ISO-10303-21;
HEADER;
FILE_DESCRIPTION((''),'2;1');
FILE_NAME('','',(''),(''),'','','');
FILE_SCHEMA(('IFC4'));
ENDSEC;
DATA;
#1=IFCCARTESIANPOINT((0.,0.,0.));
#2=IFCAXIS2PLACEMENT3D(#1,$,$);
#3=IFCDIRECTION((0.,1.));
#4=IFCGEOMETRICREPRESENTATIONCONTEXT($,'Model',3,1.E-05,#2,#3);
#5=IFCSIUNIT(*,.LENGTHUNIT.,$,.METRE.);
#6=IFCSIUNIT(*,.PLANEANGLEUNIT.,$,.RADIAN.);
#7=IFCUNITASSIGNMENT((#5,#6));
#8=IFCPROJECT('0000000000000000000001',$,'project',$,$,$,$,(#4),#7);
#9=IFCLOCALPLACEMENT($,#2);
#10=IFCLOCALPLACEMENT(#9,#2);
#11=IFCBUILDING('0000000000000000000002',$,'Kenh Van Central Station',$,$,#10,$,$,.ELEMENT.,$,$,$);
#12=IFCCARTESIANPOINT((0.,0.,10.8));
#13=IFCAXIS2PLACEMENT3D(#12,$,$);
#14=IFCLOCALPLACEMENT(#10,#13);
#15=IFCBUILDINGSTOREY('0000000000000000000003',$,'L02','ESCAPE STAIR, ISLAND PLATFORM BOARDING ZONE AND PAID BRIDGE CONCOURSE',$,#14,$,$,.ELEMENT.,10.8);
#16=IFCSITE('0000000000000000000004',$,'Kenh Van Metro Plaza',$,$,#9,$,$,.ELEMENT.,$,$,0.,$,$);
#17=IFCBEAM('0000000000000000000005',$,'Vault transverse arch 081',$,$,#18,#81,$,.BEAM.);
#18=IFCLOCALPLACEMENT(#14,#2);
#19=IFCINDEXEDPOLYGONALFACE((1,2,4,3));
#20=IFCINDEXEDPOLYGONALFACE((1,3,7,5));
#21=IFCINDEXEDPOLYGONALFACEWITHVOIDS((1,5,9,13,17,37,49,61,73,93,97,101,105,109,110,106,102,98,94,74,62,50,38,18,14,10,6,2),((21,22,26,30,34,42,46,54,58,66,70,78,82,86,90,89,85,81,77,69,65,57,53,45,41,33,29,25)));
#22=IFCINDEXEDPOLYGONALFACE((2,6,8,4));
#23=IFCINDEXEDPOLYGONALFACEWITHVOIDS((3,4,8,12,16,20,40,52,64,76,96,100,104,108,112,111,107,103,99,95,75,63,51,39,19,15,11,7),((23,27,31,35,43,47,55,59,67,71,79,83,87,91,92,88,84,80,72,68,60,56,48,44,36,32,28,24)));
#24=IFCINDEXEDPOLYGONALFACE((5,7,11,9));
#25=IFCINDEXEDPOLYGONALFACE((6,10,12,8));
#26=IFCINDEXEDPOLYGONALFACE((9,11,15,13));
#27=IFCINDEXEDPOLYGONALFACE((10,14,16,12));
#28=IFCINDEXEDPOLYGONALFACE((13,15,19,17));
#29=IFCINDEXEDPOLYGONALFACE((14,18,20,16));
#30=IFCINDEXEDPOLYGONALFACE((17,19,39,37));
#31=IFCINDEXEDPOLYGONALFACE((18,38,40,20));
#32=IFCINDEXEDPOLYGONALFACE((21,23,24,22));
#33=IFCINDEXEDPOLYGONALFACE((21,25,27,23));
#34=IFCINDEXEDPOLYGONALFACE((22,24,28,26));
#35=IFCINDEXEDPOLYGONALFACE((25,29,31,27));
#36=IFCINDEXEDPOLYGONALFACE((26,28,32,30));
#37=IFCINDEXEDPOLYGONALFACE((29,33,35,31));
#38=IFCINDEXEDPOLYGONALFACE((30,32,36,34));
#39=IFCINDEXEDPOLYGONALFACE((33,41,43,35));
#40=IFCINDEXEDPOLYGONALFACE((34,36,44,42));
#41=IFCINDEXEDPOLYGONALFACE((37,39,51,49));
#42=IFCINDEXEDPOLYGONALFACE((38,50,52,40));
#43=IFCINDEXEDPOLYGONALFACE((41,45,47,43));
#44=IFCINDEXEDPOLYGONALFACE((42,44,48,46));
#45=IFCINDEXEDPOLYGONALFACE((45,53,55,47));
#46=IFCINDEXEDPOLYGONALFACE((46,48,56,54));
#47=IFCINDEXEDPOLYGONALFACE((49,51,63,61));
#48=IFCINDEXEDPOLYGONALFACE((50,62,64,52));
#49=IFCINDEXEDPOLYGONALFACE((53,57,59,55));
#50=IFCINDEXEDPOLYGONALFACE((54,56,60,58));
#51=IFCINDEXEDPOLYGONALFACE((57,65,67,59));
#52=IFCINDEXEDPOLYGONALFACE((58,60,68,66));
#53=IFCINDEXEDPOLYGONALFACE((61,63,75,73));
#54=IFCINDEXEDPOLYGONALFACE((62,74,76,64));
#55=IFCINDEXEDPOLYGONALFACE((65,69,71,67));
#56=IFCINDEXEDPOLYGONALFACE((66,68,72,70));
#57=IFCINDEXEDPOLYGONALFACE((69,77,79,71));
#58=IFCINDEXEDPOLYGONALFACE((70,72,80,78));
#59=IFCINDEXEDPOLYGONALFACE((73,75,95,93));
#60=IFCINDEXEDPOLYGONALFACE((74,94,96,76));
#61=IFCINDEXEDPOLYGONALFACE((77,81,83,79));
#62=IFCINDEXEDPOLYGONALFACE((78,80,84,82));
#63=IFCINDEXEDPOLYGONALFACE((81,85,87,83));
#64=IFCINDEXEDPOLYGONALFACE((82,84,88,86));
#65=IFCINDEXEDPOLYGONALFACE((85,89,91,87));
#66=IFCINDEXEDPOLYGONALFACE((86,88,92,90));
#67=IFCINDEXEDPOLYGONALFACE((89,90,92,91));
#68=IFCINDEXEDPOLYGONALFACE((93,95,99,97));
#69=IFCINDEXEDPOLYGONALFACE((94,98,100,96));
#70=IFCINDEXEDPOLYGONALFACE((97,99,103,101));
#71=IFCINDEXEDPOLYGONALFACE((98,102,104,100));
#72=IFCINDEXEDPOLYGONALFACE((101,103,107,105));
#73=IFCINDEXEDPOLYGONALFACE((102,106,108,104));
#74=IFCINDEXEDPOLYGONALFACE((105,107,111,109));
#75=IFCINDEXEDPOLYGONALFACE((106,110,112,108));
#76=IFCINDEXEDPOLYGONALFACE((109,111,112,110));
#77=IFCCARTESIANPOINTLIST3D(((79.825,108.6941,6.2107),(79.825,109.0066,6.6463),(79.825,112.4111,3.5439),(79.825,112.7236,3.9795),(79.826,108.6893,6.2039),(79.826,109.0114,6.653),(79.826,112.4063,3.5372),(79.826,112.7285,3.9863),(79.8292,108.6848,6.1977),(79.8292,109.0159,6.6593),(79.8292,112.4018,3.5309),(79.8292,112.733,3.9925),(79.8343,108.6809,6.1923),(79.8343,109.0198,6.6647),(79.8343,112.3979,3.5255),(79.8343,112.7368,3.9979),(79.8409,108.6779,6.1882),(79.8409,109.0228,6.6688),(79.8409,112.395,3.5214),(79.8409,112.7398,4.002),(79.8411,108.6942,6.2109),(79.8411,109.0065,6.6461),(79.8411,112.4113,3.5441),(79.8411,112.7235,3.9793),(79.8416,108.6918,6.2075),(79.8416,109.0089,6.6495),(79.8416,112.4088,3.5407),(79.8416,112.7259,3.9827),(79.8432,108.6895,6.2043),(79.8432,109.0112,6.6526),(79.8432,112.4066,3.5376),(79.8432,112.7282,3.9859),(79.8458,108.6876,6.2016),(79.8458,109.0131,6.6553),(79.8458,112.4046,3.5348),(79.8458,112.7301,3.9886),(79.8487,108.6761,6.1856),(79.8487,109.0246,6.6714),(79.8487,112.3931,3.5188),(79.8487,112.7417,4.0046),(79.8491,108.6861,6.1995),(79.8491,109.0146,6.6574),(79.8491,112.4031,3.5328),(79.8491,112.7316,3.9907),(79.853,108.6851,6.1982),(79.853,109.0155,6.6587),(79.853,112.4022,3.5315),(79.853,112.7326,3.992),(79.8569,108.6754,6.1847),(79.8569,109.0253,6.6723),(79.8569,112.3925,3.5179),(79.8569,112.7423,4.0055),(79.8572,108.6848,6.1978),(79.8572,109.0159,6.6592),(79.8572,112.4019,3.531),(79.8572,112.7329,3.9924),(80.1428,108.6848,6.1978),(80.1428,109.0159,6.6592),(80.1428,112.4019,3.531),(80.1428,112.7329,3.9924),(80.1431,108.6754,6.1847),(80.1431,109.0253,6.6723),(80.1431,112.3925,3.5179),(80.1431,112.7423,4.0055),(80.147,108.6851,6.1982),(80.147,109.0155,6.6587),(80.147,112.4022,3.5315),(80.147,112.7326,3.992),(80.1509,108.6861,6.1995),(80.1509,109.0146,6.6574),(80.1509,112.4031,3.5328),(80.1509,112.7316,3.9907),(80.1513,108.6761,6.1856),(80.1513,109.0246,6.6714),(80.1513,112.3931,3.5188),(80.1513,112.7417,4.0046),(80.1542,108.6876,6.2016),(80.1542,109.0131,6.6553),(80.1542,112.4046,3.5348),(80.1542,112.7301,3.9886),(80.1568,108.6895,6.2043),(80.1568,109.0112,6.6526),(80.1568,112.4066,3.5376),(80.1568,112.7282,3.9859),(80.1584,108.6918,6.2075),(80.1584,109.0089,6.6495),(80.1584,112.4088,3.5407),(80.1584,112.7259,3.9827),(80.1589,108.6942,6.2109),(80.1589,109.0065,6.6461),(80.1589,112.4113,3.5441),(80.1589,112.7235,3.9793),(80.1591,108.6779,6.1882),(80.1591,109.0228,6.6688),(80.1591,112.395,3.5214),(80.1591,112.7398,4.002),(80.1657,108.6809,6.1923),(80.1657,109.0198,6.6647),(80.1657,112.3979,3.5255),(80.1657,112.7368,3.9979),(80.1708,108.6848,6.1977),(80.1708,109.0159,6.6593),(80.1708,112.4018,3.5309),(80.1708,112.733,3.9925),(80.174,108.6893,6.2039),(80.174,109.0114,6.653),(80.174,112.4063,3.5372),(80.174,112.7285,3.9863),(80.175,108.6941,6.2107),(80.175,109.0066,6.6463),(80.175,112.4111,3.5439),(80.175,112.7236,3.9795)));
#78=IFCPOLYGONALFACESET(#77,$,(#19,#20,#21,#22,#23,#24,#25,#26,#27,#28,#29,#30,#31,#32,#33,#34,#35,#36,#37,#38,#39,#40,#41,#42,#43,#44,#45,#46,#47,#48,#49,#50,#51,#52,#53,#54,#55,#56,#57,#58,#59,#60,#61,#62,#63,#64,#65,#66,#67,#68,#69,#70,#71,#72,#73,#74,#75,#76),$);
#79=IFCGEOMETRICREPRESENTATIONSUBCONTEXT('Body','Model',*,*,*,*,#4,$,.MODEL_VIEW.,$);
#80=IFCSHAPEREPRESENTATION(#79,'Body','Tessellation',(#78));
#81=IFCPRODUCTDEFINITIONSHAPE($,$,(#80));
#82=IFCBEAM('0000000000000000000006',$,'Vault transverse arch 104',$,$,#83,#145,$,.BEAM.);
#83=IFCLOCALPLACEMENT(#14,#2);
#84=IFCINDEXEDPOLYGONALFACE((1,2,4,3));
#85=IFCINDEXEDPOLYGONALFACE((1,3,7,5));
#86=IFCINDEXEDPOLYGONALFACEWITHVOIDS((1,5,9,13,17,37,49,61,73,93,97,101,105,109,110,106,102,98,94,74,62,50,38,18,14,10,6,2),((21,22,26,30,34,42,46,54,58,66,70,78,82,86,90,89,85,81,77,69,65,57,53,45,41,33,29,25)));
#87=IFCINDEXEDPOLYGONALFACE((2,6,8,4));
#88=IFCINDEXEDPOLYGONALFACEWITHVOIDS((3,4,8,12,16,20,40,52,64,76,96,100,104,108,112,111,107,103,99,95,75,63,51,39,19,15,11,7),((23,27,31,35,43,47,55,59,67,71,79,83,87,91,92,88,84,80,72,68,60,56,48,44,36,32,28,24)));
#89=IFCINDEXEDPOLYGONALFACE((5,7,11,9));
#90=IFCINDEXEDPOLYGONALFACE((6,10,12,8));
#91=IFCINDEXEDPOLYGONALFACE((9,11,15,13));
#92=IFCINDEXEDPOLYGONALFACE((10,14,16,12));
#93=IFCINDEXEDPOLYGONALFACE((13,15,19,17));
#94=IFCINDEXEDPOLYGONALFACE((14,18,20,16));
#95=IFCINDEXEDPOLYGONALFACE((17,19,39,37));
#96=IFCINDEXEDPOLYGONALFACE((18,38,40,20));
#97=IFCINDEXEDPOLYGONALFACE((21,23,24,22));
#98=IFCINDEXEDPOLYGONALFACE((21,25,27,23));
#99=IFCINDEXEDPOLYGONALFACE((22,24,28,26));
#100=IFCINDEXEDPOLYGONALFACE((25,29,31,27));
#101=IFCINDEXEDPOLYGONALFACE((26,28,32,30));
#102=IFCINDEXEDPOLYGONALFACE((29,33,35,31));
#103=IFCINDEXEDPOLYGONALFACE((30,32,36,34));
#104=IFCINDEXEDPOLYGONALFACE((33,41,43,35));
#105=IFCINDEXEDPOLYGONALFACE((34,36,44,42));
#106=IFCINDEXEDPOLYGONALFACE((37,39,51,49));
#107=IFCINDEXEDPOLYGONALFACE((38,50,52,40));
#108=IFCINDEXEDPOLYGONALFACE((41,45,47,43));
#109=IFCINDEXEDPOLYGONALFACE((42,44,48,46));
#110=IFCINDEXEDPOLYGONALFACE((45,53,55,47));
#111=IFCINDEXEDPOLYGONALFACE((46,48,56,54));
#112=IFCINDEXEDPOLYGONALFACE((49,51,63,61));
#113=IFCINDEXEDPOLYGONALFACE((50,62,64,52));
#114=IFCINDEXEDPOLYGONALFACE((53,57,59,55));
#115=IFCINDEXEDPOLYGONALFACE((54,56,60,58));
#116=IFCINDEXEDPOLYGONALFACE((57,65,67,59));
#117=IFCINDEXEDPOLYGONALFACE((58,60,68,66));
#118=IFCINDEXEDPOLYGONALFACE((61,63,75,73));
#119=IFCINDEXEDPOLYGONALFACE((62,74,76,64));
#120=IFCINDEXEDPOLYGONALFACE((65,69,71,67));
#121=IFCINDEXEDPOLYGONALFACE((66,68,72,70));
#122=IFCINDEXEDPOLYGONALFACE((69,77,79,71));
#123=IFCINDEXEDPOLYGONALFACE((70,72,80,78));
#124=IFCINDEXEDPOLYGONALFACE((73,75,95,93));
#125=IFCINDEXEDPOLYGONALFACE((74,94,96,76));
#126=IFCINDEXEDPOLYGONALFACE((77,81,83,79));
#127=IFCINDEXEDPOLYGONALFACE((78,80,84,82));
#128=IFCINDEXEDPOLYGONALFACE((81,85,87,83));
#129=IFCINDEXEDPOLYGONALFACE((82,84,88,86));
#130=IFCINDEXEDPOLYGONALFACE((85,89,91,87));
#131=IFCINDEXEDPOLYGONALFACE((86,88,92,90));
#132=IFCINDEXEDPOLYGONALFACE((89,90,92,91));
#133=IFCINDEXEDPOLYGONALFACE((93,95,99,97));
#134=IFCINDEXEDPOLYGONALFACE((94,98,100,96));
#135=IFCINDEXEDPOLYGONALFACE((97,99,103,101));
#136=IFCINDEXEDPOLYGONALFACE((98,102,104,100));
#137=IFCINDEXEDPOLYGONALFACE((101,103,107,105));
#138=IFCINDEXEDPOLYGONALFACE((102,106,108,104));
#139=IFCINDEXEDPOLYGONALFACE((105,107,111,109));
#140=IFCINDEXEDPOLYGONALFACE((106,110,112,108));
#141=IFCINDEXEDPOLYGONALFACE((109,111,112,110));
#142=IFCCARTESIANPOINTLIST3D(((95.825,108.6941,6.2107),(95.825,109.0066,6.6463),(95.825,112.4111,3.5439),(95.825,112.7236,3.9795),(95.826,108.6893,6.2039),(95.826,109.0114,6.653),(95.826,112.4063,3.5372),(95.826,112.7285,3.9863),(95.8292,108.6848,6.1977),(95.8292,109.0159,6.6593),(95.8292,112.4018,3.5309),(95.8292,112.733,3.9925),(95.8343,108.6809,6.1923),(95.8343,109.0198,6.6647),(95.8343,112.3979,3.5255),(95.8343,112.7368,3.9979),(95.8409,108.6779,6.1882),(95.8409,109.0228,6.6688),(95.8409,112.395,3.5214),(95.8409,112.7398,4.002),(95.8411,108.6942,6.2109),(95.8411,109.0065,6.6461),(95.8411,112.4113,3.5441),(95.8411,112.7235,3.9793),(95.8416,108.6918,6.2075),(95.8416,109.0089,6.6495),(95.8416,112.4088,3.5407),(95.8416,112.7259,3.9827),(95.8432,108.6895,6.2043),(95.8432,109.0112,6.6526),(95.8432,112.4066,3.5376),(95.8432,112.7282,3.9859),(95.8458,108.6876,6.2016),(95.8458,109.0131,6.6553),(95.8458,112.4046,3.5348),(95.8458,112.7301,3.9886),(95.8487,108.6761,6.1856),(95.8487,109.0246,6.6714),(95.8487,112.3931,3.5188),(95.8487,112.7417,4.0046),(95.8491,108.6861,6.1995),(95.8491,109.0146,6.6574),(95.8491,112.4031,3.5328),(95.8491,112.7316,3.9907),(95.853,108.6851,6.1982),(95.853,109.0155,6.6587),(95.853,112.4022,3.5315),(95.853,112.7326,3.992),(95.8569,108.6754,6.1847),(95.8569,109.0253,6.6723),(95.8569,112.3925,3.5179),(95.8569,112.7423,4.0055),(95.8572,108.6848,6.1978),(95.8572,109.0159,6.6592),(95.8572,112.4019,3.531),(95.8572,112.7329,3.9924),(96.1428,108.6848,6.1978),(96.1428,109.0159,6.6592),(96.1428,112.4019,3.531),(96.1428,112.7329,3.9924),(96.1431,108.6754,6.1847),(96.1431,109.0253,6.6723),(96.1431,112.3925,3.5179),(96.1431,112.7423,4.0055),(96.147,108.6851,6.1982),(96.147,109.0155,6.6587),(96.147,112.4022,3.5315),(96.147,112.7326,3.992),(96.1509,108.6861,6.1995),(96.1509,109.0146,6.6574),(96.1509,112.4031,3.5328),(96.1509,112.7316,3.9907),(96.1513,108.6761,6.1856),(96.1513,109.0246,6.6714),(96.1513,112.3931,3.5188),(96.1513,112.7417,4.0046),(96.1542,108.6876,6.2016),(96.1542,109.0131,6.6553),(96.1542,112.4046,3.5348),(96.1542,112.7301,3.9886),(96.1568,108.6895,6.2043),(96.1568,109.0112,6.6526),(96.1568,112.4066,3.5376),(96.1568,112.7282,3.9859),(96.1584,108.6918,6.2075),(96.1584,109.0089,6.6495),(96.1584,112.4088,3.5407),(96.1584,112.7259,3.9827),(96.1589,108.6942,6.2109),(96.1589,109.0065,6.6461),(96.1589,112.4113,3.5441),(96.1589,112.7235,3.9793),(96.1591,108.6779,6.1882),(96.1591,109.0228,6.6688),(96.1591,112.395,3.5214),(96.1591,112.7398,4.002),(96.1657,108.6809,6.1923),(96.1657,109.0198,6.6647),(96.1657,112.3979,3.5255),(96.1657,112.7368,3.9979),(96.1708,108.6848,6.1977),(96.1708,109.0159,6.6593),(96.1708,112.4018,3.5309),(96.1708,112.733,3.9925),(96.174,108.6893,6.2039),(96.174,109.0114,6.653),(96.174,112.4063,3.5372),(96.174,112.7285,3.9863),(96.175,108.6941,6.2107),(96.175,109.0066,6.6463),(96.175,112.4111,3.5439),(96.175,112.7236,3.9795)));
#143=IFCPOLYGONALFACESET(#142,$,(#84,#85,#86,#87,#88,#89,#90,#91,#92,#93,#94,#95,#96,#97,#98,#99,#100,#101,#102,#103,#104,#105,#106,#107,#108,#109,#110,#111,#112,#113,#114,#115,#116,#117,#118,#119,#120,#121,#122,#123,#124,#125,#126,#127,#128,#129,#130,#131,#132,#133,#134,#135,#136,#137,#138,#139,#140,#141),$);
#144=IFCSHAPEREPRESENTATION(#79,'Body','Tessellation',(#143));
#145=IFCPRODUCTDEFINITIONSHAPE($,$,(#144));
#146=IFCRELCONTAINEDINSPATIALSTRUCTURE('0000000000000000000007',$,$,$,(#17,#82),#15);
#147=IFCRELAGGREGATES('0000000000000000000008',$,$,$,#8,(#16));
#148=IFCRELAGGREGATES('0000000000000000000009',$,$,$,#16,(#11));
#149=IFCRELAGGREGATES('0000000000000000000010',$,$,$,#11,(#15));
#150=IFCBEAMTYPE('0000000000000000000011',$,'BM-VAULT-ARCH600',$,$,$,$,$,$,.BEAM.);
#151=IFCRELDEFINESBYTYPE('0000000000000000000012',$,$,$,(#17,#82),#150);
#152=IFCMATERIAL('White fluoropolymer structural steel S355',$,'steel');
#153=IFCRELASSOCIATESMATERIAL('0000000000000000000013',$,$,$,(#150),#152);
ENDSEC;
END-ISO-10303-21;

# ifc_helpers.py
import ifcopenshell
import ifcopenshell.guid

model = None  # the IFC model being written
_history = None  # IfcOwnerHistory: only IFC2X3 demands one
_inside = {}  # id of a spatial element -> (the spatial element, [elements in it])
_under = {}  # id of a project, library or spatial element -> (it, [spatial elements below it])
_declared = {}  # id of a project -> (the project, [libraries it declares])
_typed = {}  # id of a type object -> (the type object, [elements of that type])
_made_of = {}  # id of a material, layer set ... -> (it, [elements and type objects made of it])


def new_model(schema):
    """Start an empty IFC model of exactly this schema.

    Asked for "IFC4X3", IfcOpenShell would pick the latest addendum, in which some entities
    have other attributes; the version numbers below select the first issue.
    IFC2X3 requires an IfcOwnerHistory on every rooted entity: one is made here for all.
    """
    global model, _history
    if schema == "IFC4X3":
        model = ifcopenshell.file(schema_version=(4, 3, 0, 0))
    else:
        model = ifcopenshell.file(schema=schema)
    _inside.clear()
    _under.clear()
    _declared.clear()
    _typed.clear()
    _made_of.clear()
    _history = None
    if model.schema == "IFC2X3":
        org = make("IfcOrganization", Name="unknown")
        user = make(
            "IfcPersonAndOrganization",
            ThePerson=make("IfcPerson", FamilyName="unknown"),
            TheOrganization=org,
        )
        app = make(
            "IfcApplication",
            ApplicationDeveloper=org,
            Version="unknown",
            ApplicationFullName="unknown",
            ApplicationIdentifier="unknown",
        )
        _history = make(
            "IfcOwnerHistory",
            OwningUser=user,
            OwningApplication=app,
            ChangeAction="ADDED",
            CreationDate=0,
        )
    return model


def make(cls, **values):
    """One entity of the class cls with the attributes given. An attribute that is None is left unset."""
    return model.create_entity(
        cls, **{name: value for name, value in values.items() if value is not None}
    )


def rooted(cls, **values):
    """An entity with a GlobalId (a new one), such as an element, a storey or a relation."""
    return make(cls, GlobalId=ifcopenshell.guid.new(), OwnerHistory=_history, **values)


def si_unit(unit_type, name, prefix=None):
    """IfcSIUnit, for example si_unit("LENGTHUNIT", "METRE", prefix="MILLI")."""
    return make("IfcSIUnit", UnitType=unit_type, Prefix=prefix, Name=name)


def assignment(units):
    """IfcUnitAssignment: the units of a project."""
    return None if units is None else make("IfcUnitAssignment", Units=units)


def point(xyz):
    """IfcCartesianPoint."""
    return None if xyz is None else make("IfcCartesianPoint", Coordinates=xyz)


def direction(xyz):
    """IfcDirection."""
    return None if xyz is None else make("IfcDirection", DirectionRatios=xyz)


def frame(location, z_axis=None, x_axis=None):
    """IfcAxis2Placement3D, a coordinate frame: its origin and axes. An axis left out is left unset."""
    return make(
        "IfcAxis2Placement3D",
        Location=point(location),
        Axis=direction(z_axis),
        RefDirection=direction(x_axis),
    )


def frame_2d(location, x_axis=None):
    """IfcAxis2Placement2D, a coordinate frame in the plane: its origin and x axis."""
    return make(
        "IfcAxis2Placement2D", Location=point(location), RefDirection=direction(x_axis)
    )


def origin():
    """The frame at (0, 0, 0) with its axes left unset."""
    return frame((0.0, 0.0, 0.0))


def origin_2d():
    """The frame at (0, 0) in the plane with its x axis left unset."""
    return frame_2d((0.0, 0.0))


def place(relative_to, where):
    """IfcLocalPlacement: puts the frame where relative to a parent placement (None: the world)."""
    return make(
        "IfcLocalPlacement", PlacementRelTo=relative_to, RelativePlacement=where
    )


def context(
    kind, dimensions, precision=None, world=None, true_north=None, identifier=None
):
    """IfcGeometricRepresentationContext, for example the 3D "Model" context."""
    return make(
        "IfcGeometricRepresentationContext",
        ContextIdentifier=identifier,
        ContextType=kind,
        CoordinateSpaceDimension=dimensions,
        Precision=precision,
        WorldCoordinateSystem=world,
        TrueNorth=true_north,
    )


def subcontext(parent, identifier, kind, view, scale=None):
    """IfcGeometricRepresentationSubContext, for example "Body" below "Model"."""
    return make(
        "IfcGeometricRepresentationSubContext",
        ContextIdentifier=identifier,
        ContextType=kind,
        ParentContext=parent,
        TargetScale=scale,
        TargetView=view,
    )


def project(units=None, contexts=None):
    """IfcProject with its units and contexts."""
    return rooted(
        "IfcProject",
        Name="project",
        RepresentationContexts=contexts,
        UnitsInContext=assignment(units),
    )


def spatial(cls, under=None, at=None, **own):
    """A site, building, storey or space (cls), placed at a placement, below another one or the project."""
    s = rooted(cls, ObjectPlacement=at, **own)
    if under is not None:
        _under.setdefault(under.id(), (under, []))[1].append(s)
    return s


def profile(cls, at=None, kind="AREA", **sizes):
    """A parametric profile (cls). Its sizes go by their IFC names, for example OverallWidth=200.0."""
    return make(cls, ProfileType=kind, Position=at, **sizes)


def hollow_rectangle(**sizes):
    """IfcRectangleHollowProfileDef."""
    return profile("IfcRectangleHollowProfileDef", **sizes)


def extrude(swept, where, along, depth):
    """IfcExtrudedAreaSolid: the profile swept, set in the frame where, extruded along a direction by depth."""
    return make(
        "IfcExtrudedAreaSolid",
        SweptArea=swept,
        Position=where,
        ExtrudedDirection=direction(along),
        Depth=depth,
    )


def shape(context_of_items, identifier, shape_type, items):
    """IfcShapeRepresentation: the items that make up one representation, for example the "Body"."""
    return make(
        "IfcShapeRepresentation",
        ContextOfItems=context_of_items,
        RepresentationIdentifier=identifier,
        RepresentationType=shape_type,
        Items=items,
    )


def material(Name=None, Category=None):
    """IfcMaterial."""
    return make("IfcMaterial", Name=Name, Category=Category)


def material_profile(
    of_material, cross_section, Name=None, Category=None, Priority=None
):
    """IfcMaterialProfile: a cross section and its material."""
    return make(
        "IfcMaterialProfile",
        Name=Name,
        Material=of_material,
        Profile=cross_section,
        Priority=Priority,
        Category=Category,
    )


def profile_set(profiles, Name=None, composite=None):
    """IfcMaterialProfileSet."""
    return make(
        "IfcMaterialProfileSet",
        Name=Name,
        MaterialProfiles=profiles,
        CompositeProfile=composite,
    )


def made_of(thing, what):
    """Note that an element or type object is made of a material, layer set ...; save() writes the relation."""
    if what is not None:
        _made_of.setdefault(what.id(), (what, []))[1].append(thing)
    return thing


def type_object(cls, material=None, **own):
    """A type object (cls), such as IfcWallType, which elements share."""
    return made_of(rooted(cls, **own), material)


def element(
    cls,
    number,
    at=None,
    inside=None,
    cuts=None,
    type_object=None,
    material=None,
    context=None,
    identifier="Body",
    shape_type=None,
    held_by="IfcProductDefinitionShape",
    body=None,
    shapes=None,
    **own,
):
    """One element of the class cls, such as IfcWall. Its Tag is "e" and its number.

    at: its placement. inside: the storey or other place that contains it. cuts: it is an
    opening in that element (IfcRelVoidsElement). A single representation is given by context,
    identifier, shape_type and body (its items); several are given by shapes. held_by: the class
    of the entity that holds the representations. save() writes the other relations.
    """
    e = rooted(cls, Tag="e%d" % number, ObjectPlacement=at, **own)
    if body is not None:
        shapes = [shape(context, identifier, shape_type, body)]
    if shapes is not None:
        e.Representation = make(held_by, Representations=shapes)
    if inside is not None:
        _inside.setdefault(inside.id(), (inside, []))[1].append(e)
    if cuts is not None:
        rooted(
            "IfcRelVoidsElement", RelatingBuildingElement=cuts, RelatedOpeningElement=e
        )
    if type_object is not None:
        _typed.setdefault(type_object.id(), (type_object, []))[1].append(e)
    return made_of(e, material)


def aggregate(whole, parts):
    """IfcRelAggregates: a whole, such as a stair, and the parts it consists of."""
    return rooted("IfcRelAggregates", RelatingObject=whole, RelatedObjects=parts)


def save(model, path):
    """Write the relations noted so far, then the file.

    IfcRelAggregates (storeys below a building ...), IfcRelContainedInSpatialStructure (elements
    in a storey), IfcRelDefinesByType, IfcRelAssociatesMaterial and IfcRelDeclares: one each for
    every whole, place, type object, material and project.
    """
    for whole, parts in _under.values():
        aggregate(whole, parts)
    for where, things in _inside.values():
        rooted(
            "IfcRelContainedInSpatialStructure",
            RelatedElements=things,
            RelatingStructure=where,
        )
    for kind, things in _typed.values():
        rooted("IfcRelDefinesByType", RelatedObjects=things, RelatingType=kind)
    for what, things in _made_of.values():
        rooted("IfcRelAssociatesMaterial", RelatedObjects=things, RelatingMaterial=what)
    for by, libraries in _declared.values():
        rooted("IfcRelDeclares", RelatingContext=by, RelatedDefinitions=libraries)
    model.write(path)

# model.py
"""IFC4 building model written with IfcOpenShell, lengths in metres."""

from ifc_helpers import new_model, si_unit, direction, frame, origin, origin_2d, place, context, subcontext, project, spatial, hollow_rectangle, extrude, material, material_profile, profile_set, type_object, element, save


model = new_model("IFC4")

# Units and contexts
model_context = context("Model", 3, precision=1e-05, world=origin(), true_north=direction((0.0, 1.0)))
body_context = subcontext(model_context, "Body", "Model", "MODEL_VIEW")
ifc_project = project(units=[si_unit("LENGTHUNIT", "METRE"), si_unit("PLANEANGLEUNIT", "RADIAN")], contexts=[model_context])

# Site, building, storey
site_placement = place(None, origin())
site = spatial("IfcSite", under=ifc_project, at=site_placement, Name="Kenh Van Metro Plaza", CompositionType="ELEMENT", RefElevation=0.0)
building_placement = place(site_placement, origin())
building = spatial("IfcBuilding", under=site, at=building_placement, Name="Kenh Van Central Station", CompositionType="ELEMENT")
storey_placement = place(building_placement, frame((0.0, 0.0, 10.8)))
storey = spatial("IfcBuildingStorey", under=building, at=storey_placement, Name="L02", Description="ESCAPE STAIR, ISLAND PLATFORM BOARDING ZONE AND PAID BRIDGE CONCOURSE", CompositionType="ELEMENT", Elevation=10.8)

# Beams
ifc_material_1 = material(Name="White fluoropolymer structural steel S355", Category="steel")
ifc_material_profile_1 = material_profile(ifc_material_1, hollow_rectangle(XDim=0.3501, YDim=0.6001, WallThickness=0.0161, InnerFilletRadius=0.0161, OuterFilletRadius=0.032, at=origin_2d()), Name="RHS 600x350x16")
ifc_profile_set_1 = profile_set([ifc_material_profile_1], Name="White fluoropolymer structural steel S355")
beam_type_1 = type_object("IfcBeamType", Name="BM-VAULT-ARCH600", PredefinedType="BEAM", material=ifc_profile_set_1)
for number, where, z_axis, x_axis, name in (
    (1, (80.0, 108.8503, 6.4285), (0.0, 0.81252, -0.582933), (-1.0, 0.0, 0.0), "Vault transverse arch 081"),
    (2, (96.0, 108.8503, 6.4285), (0.0, 0.81252, -0.582933), (-1.0, 0.0, 0.0), "Vault transverse arch 104"),
):
    element("IfcBeam", number, at=place(storey_placement, frame(where, z_axis=z_axis, x_axis=x_axis)), inside=storey, type_object=beam_type_1, Name=name, PredefinedType="BEAM", context=body_context, shape_type="SweptSolid", body=[
        extrude(hollow_rectangle(XDim=0.3501, YDim=0.6001, WallThickness=0.0161, InnerFilletRadius=0.0161, OuterFilletRadius=0.032, at=origin_2d()), origin(), (0.0, 0.0, 1.0), 4.5747),
    ])

save(model, "model.ifc")
